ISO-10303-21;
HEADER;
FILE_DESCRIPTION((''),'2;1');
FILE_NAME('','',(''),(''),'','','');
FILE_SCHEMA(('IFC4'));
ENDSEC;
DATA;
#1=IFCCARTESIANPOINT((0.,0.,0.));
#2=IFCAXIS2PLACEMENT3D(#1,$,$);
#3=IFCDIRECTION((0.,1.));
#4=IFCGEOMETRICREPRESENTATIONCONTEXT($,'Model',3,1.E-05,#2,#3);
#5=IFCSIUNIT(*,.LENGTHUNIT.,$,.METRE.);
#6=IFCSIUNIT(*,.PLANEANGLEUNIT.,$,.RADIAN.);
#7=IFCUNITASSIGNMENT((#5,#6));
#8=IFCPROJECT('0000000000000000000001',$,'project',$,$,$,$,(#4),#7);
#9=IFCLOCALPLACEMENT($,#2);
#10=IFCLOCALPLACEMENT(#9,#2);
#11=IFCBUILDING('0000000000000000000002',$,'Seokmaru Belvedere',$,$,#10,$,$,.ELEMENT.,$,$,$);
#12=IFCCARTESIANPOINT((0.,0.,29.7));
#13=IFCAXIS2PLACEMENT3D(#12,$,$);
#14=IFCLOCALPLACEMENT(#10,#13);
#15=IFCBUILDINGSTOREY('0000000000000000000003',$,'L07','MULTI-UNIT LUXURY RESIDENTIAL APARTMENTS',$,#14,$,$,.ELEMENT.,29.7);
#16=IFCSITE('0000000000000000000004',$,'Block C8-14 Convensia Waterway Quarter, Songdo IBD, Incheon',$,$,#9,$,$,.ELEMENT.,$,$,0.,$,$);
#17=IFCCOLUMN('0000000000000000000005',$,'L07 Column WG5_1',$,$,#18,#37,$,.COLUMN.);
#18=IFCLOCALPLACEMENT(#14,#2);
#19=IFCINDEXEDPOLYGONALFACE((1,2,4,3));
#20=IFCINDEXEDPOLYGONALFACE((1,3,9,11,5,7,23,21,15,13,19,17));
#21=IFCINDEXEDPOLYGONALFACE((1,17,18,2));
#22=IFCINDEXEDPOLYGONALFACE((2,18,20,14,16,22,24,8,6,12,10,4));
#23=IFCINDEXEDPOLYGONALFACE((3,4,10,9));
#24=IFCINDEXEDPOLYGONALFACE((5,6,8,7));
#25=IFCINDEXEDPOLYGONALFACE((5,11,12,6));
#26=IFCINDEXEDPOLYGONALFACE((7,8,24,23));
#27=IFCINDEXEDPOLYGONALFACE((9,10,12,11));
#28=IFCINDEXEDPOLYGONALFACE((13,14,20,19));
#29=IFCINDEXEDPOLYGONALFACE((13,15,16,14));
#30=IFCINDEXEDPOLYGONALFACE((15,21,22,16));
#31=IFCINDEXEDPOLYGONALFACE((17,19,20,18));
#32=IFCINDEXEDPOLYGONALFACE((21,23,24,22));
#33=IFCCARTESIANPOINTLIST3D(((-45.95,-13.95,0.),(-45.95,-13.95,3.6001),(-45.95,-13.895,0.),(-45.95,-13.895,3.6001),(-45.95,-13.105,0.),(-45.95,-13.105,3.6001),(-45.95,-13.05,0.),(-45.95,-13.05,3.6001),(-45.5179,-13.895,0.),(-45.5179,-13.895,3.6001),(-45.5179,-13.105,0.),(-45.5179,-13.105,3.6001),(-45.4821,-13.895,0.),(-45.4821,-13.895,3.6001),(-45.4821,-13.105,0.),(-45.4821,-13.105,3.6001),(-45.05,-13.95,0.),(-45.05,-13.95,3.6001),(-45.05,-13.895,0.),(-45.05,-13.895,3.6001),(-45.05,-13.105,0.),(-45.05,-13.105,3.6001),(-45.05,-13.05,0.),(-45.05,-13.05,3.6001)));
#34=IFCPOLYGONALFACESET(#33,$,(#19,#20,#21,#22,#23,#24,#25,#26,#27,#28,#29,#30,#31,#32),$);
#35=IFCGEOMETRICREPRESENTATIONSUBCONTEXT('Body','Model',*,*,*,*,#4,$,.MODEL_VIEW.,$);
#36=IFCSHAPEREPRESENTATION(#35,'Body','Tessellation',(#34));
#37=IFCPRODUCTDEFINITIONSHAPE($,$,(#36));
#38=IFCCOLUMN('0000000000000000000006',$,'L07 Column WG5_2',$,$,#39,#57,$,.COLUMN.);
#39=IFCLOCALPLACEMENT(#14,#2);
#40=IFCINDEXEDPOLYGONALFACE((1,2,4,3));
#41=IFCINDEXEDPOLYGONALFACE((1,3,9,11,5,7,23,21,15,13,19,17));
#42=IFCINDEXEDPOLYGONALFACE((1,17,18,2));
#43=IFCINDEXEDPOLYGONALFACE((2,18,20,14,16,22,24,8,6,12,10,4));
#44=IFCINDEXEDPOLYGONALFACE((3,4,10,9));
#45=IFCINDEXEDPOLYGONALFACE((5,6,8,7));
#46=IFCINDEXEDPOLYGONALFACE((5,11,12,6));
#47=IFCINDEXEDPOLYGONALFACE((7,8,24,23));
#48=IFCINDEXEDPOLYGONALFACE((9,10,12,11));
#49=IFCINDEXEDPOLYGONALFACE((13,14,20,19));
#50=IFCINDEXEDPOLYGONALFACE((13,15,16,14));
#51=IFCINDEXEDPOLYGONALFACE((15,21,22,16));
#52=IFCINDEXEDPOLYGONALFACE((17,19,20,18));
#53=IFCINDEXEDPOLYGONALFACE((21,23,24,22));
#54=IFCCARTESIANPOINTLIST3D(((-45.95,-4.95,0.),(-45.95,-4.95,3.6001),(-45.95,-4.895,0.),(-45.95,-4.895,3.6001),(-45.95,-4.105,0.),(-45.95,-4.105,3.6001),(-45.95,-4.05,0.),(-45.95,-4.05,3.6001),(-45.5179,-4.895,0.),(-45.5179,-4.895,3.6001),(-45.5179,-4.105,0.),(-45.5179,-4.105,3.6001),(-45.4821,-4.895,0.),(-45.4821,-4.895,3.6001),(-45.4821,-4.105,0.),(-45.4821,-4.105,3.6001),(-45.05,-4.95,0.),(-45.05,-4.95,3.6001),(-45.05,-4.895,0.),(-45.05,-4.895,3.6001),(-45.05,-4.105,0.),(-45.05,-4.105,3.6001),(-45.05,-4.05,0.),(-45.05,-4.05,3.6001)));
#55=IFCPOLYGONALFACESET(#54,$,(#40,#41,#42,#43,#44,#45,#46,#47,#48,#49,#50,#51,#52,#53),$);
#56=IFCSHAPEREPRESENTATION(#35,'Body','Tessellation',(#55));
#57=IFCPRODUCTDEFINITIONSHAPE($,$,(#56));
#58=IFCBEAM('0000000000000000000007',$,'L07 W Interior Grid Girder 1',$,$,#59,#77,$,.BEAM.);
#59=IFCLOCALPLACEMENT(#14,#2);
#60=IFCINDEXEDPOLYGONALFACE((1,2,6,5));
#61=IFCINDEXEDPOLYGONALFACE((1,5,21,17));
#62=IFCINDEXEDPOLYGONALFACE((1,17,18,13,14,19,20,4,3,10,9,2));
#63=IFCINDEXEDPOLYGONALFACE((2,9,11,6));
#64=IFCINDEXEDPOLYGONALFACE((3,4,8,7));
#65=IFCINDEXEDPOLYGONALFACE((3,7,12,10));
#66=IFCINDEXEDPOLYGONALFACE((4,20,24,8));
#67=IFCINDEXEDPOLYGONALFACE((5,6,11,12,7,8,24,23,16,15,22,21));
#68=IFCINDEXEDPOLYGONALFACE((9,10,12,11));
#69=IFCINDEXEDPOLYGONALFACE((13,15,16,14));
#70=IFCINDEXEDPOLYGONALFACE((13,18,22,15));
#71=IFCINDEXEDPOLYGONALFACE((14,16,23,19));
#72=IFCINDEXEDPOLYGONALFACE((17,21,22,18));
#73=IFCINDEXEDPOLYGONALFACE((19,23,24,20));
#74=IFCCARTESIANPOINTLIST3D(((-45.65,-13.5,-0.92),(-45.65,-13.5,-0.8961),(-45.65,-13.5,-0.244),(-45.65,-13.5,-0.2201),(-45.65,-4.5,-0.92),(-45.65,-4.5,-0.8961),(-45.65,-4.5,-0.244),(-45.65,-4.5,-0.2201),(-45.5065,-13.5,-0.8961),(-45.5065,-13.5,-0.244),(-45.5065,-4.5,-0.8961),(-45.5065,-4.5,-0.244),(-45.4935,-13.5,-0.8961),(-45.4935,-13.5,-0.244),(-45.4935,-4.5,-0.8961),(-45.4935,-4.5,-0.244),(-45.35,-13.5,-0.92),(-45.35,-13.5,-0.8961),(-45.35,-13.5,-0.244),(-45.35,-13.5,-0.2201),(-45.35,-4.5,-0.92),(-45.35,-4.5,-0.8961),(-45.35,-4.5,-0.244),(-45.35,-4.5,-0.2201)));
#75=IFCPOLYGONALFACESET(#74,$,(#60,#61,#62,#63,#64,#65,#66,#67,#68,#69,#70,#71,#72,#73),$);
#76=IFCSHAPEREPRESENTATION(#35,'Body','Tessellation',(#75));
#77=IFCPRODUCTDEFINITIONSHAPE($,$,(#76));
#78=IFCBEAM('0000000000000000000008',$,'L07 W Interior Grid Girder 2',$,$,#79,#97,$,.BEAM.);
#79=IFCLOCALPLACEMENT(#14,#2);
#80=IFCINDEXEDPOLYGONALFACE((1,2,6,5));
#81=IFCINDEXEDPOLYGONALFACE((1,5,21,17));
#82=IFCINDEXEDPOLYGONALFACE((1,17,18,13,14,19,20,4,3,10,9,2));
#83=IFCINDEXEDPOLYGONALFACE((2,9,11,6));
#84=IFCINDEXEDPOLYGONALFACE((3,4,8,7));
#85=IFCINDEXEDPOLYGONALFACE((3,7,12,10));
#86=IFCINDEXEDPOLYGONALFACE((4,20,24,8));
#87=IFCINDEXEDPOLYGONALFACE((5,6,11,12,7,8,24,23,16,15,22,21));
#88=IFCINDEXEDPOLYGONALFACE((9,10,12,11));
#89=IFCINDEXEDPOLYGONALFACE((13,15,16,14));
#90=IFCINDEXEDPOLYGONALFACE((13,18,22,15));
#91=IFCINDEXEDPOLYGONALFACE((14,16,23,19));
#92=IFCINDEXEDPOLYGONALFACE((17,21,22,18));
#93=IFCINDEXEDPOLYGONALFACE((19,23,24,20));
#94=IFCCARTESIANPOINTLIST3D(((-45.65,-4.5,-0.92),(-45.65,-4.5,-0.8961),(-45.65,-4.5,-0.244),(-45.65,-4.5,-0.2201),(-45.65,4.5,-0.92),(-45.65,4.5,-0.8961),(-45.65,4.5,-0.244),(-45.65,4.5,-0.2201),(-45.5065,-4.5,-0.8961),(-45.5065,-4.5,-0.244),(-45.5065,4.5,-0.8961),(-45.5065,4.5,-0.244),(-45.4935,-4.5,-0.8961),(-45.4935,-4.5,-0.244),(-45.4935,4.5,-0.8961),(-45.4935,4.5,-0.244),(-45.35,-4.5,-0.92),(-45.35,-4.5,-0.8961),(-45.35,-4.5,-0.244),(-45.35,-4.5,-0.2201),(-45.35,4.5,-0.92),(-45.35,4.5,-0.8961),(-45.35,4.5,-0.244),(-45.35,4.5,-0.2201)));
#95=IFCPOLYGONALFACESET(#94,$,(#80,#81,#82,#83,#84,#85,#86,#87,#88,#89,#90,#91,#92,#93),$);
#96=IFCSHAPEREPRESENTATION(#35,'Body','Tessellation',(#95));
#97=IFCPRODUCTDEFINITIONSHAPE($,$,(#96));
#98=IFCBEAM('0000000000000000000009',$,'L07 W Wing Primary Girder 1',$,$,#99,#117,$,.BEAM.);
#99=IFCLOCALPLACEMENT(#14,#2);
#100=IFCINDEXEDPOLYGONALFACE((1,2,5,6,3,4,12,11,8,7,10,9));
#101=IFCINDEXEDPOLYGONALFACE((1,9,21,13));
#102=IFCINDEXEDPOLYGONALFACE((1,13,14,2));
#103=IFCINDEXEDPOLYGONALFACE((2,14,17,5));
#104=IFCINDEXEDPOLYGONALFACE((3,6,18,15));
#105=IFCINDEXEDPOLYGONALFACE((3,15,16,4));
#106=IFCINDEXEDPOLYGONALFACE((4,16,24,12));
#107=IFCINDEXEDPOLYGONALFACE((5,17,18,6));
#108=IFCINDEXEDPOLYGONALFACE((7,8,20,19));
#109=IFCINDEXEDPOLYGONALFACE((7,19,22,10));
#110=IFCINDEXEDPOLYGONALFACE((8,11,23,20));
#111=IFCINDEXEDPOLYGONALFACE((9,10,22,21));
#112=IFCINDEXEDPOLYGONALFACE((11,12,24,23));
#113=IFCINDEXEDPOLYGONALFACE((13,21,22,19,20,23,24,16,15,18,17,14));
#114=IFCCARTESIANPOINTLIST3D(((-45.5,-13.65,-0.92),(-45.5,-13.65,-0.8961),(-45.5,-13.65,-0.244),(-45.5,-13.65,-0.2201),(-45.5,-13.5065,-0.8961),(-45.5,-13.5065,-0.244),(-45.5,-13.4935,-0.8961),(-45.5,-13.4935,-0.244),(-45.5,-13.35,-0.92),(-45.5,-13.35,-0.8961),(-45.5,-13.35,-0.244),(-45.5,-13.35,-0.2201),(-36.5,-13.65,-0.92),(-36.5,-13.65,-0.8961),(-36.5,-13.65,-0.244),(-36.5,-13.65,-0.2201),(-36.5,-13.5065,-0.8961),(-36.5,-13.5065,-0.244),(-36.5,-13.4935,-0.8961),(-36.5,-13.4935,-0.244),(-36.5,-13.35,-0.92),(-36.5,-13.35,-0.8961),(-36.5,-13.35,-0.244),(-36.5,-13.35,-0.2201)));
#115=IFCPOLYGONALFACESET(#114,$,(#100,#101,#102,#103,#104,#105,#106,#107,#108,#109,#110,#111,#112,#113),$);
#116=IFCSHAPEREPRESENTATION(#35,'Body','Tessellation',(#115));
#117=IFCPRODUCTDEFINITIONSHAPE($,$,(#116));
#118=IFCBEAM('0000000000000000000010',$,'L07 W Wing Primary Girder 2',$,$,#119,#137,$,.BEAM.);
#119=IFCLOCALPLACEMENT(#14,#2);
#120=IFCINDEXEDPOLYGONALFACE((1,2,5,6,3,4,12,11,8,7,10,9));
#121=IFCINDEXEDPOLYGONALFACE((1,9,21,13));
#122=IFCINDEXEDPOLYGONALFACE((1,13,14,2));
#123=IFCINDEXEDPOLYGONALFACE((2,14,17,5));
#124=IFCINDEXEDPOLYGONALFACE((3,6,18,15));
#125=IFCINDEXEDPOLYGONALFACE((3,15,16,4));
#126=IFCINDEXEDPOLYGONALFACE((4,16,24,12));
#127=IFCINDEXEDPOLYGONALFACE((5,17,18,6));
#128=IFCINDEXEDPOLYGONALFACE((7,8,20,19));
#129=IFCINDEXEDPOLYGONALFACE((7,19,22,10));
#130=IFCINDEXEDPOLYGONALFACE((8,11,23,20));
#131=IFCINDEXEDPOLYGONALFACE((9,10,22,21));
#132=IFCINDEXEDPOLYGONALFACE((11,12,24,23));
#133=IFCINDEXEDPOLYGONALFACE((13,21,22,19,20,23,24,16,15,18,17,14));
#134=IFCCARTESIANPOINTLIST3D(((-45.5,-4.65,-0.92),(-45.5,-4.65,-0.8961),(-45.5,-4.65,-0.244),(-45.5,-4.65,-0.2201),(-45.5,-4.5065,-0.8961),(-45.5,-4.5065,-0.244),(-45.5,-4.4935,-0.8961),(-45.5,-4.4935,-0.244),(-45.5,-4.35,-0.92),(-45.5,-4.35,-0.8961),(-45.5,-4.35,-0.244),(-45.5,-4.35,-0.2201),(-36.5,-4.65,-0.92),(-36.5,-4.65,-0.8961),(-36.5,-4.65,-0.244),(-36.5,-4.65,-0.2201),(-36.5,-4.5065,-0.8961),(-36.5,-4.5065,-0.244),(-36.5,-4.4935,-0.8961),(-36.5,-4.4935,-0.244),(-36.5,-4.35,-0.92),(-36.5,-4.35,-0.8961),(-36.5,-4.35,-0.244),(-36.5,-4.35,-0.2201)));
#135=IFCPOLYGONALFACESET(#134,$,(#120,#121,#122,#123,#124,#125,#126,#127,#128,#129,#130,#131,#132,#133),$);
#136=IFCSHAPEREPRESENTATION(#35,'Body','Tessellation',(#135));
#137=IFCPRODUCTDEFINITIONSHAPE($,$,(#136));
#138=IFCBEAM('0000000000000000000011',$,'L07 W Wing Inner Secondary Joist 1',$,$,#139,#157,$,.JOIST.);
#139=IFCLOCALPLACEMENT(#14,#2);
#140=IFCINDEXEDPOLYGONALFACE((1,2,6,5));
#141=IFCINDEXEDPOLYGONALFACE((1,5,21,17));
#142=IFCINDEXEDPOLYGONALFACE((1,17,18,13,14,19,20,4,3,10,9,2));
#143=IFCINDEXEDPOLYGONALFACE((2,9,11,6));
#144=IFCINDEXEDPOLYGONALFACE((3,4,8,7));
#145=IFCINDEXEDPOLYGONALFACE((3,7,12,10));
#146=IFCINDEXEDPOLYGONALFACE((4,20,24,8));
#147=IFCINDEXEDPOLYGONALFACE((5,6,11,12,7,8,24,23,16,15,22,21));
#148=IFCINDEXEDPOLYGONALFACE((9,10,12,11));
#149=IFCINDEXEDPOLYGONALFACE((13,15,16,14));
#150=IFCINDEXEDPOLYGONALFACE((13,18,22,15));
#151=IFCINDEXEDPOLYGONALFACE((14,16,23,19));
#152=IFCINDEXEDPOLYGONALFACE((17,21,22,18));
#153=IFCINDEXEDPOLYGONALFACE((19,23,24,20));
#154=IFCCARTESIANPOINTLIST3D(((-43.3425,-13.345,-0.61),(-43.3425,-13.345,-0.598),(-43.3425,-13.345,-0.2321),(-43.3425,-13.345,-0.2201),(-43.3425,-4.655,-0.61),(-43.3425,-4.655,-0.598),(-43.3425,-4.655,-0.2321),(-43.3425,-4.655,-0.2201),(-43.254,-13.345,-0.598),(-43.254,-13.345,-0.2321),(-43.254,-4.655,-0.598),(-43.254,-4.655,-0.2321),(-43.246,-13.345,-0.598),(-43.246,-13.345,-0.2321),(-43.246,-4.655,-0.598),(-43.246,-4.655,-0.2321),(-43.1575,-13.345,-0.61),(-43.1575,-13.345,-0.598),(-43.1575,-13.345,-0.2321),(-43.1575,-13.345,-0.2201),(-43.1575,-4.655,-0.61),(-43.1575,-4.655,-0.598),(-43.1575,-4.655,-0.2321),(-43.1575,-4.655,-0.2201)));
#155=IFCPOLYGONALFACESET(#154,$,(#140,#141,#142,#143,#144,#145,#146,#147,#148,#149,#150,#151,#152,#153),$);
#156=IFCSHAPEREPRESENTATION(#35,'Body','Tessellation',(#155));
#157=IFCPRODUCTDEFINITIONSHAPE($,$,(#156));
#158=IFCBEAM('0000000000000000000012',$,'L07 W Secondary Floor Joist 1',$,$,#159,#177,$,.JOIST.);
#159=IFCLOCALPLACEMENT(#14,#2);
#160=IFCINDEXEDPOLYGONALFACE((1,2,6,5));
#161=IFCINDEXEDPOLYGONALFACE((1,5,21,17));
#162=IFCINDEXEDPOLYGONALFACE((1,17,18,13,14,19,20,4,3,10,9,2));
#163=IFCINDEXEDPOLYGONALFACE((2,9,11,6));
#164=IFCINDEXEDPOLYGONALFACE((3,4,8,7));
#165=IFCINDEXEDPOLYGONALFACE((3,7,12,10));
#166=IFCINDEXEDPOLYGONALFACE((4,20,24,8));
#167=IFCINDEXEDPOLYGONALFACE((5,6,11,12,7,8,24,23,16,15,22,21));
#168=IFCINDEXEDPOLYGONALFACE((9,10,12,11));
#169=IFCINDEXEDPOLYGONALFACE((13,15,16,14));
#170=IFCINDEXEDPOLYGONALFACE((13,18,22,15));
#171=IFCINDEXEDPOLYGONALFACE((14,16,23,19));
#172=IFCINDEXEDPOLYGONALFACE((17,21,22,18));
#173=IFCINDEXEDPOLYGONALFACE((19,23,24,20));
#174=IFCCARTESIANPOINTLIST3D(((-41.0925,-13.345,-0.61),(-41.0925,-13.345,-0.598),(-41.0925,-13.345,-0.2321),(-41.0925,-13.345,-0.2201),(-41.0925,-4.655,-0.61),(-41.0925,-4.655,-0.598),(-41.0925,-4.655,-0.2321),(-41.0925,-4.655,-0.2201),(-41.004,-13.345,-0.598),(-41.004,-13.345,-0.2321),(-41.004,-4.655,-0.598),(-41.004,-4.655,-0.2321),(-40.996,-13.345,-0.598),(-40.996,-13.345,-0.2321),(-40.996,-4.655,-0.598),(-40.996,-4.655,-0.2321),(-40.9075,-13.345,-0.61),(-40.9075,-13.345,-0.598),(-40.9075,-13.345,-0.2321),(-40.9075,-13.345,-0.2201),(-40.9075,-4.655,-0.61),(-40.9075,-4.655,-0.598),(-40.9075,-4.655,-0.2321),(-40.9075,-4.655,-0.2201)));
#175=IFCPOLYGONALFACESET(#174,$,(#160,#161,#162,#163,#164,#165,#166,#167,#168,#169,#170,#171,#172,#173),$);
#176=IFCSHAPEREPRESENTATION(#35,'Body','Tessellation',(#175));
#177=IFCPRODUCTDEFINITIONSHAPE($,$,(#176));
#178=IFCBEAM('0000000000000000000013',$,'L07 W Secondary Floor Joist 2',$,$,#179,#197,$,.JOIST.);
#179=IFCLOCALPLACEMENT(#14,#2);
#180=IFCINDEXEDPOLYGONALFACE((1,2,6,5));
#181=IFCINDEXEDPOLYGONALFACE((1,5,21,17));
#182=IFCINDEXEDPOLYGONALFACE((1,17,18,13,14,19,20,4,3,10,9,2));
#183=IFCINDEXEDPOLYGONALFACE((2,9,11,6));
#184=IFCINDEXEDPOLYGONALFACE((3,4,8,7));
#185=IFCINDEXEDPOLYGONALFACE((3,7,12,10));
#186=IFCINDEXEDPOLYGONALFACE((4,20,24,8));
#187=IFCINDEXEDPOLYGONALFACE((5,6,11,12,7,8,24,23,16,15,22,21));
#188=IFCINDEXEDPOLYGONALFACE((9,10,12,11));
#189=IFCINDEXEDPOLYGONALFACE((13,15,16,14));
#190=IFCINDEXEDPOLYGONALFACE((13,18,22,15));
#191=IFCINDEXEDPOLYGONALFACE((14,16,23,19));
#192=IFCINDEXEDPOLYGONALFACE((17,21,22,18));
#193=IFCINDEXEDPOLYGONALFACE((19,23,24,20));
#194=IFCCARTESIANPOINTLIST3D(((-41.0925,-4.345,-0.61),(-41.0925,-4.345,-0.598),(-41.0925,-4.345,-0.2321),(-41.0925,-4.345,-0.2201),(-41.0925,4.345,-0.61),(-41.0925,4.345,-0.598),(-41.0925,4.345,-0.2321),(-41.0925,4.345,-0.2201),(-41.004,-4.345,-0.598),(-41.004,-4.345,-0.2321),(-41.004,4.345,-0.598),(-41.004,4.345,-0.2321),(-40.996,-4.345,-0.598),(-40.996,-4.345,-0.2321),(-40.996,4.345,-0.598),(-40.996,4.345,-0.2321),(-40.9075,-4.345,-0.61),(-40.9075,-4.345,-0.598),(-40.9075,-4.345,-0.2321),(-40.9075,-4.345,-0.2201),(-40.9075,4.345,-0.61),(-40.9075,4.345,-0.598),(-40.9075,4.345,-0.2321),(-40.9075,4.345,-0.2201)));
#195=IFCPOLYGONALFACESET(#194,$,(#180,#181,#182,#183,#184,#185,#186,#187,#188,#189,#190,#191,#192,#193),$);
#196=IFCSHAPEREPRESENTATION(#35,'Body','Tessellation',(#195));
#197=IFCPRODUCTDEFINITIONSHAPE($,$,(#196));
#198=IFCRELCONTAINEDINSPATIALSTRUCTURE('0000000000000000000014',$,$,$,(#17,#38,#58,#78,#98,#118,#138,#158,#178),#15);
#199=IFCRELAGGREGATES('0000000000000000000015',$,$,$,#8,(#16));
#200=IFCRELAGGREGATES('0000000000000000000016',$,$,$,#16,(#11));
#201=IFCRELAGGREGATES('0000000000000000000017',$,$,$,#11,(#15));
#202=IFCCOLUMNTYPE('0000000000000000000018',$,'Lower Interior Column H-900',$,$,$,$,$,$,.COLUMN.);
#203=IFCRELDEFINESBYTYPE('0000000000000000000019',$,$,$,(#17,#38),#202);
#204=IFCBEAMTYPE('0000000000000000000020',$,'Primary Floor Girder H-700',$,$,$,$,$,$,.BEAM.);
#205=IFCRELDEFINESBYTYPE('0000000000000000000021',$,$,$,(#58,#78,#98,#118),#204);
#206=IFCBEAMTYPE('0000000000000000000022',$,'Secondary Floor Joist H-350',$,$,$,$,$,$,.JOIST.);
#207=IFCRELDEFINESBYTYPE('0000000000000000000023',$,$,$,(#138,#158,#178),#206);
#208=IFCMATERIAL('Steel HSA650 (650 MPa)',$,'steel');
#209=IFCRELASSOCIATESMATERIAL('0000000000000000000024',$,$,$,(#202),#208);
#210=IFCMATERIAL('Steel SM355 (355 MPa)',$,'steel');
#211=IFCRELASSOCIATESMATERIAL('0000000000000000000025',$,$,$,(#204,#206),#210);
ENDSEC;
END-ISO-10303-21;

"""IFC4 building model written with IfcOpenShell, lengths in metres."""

from ifc_helpers import new_model, si_unit, direction, frame, origin, origin_2d, place, context, subcontext, project, spatial, i_section, extrude, source, transform, mapped, material, material_profile, profile_set, type_object, type_shapes, element, save


model = new_model("IFC4")

# Units and contexts
model_context = context("Model", 3, precision=1e-05, world=origin(), true_north=direction((0.0, 1.0)))
body_context = subcontext(model_context, "Body", "Model", "MODEL_VIEW")
ifc_project = project(units=[si_unit("LENGTHUNIT", "METRE"), si_unit("PLANEANGLEUNIT", "RADIAN")], contexts=[model_context])

# Site, building, storey
site_placement = place(None, origin())
site = spatial("IfcSite", under=ifc_project, at=site_placement, Name="Block C8-14 Convensia Waterway Quarter, Songdo IBD, Incheon", CompositionType="ELEMENT", RefElevation=0.0)
building_placement = place(site_placement, origin())
building = spatial("IfcBuilding", under=site, at=building_placement, Name="Seokmaru Belvedere", CompositionType="ELEMENT")
storey_placement = place(building_placement, frame((0.0, 0.0, 29.7)))
storey = spatial("IfcBuildingStorey", under=building, at=storey_placement, Name="L07", Description="MULTI-UNIT LUXURY RESIDENTIAL APARTMENTS", CompositionType="ELEMENT", Elevation=29.7)

# Columns
ifc_material_1 = material(Name="Steel HSA650 (650 MPa)", Category="steel")
ifc_material_profile_1 = material_profile(ifc_material_1, i_section(OverallWidth=0.8999, OverallDepth=0.8999, WebThickness=0.0359, FlangeThickness=0.0549, at=origin_2d()), Name="H-900x900x36x55")
ifc_profile_set_1 = profile_set([ifc_material_profile_1], Name="Steel HSA650 (650 MPa)")
column_type = type_object("IfcColumnType", Name="Lower Interior Column H-900", PredefinedType="COLUMN", material=ifc_profile_set_1)
shared_shape_1 = source(origin(), body_context, "Body", "SweptSolid", [
    extrude(i_section(OverallWidth=0.8999, OverallDepth=0.8999, WebThickness=0.0359, FlangeThickness=0.0549, at=origin_2d()), origin(), (0.0, 0.0, 1.0), 3.6001),
])
type_shapes(column_type, [shared_shape_1])
for number, where, z_axis, x_axis, name in (
    (1, (-45.5, -13.5, 0.0), (0.0, 0.0, 1.0), (1.0, 0.0, 0.0), "L07 Column WG5_1"),
    (2, (-45.5, -4.5, 0.0), (0.0, 0.0, 1.0), (1.0, 0.0, 0.0), "L07 Column WG5_2"),
):
    element("IfcColumn", number, at=place(storey_placement, frame(where, z_axis=z_axis, x_axis=x_axis)), inside=storey, type_object=column_type, Name=name, PredefinedType="COLUMN", context=body_context, shape_type="MappedRepresentation", body=[
        mapped(shared_shape_1, transform((0.0, 0.0, 0.0), scale=1.0)),
    ])

# Beams
ifc_material_2 = material(Name="Steel SM355 (355 MPa)", Category="steel")
ifc_material_profile_2 = material_profile(ifc_material_2, i_section(OverallWidth=0.3, OverallDepth=0.7, WebThickness=0.0129, FlangeThickness=0.0239, at=origin_2d()), Name="H-700x300x13x24")
ifc_profile_set_2 = profile_set([ifc_material_profile_2], Name="Steel SM355 (355 MPa)")
beam_type_1 = type_object("IfcBeamType", Name="Primary Floor Girder H-700", PredefinedType="BEAM", material=ifc_profile_set_2)
shared_shape_2 = source(origin(), body_context, "Body", "SweptSolid", [
    extrude(i_section(OverallWidth=0.3, OverallDepth=0.7, WebThickness=0.0129, FlangeThickness=0.0239, at=origin_2d()), origin(), (0.0, 0.0, 1.0), 9.0),
])
type_shapes(beam_type_1, [shared_shape_2])
for number, where, z_axis, x_axis, name in (
    (3, (-45.5, -13.5, -0.5701), (0.0, 1.0, 0.0), (-1.0, 0.0, 0.0), "L07 W Interior Grid Girder 1"),
    (4, (-45.5, -4.5, -0.5701), (0.0, 1.0, 0.0), (-1.0, 0.0, 0.0), "L07 W Interior Grid Girder 2"),
    (5, (-45.5, -13.5, -0.5701), (1.0, 0.0, 0.0), (0.0, 1.0, 0.0), "L07 W Wing Primary Girder 1"),
    (6, (-45.5, -4.5, -0.5701), (1.0, 0.0, 0.0), (0.0, 1.0, 0.0), "L07 W Wing Primary Girder 2"),
):
    element("IfcBeam", number, at=place(storey_placement, frame(where, z_axis=z_axis, x_axis=x_axis)), inside=storey, type_object=beam_type_1, Name=name, PredefinedType="BEAM", context=body_context, shape_type="MappedRepresentation", body=[
        mapped(shared_shape_2, transform((0.0, 0.0, 0.0), scale=1.0)),
    ])
ifc_material_profile_3 = material_profile(ifc_material_2, i_section(OverallWidth=0.1851, OverallDepth=0.3899, WebThickness=0.0081, FlangeThickness=0.012, at=origin_2d()), Name="H-390x185x8x12")
ifc_profile_set_3 = profile_set([ifc_material_profile_3], Name="Steel SM355 (355 MPa)")
beam_type_2 = type_object("IfcBeamType", Name="Secondary Floor Joist H-350", PredefinedType="JOIST", material=ifc_profile_set_3)
shared_shape_3 = source(origin(), body_context, "Body", "SweptSolid", [
    extrude(i_section(OverallWidth=0.1851, OverallDepth=0.3899, WebThickness=0.0081, FlangeThickness=0.012, at=origin_2d()), origin(), (0.0, 0.0, 1.0), 8.6899),
])
type_shapes(beam_type_2, [shared_shape_3])
for number, where, z_axis, x_axis, name in (
    (7, (-43.25, -13.345, -0.415), (0.0, 1.0, 0.0), (-1.0, 0.0, 0.0), "L07 W Wing Inner Secondary Joist 1"),
    (8, (-41.0, -13.345, -0.415), (0.0, 1.0, 0.0), (-1.0, 0.0, 0.0), "L07 W Secondary Floor Joist 1"),
    (9, (-41.0, -4.345, -0.415), (0.0, 1.0, 0.0), (-1.0, 0.0, 0.0), "L07 W Secondary Floor Joist 2"),
):
    element("IfcBeam", number, at=place(storey_placement, frame(where, z_axis=z_axis, x_axis=x_axis)), inside=storey, type_object=beam_type_2, Name=name, PredefinedType="JOIST", context=body_context, shape_type="MappedRepresentation", body=[
        mapped(shared_shape_3, transform((0.0, 0.0, 0.0), scale=1.0)),
    ])

save(model, "model.ifc")
